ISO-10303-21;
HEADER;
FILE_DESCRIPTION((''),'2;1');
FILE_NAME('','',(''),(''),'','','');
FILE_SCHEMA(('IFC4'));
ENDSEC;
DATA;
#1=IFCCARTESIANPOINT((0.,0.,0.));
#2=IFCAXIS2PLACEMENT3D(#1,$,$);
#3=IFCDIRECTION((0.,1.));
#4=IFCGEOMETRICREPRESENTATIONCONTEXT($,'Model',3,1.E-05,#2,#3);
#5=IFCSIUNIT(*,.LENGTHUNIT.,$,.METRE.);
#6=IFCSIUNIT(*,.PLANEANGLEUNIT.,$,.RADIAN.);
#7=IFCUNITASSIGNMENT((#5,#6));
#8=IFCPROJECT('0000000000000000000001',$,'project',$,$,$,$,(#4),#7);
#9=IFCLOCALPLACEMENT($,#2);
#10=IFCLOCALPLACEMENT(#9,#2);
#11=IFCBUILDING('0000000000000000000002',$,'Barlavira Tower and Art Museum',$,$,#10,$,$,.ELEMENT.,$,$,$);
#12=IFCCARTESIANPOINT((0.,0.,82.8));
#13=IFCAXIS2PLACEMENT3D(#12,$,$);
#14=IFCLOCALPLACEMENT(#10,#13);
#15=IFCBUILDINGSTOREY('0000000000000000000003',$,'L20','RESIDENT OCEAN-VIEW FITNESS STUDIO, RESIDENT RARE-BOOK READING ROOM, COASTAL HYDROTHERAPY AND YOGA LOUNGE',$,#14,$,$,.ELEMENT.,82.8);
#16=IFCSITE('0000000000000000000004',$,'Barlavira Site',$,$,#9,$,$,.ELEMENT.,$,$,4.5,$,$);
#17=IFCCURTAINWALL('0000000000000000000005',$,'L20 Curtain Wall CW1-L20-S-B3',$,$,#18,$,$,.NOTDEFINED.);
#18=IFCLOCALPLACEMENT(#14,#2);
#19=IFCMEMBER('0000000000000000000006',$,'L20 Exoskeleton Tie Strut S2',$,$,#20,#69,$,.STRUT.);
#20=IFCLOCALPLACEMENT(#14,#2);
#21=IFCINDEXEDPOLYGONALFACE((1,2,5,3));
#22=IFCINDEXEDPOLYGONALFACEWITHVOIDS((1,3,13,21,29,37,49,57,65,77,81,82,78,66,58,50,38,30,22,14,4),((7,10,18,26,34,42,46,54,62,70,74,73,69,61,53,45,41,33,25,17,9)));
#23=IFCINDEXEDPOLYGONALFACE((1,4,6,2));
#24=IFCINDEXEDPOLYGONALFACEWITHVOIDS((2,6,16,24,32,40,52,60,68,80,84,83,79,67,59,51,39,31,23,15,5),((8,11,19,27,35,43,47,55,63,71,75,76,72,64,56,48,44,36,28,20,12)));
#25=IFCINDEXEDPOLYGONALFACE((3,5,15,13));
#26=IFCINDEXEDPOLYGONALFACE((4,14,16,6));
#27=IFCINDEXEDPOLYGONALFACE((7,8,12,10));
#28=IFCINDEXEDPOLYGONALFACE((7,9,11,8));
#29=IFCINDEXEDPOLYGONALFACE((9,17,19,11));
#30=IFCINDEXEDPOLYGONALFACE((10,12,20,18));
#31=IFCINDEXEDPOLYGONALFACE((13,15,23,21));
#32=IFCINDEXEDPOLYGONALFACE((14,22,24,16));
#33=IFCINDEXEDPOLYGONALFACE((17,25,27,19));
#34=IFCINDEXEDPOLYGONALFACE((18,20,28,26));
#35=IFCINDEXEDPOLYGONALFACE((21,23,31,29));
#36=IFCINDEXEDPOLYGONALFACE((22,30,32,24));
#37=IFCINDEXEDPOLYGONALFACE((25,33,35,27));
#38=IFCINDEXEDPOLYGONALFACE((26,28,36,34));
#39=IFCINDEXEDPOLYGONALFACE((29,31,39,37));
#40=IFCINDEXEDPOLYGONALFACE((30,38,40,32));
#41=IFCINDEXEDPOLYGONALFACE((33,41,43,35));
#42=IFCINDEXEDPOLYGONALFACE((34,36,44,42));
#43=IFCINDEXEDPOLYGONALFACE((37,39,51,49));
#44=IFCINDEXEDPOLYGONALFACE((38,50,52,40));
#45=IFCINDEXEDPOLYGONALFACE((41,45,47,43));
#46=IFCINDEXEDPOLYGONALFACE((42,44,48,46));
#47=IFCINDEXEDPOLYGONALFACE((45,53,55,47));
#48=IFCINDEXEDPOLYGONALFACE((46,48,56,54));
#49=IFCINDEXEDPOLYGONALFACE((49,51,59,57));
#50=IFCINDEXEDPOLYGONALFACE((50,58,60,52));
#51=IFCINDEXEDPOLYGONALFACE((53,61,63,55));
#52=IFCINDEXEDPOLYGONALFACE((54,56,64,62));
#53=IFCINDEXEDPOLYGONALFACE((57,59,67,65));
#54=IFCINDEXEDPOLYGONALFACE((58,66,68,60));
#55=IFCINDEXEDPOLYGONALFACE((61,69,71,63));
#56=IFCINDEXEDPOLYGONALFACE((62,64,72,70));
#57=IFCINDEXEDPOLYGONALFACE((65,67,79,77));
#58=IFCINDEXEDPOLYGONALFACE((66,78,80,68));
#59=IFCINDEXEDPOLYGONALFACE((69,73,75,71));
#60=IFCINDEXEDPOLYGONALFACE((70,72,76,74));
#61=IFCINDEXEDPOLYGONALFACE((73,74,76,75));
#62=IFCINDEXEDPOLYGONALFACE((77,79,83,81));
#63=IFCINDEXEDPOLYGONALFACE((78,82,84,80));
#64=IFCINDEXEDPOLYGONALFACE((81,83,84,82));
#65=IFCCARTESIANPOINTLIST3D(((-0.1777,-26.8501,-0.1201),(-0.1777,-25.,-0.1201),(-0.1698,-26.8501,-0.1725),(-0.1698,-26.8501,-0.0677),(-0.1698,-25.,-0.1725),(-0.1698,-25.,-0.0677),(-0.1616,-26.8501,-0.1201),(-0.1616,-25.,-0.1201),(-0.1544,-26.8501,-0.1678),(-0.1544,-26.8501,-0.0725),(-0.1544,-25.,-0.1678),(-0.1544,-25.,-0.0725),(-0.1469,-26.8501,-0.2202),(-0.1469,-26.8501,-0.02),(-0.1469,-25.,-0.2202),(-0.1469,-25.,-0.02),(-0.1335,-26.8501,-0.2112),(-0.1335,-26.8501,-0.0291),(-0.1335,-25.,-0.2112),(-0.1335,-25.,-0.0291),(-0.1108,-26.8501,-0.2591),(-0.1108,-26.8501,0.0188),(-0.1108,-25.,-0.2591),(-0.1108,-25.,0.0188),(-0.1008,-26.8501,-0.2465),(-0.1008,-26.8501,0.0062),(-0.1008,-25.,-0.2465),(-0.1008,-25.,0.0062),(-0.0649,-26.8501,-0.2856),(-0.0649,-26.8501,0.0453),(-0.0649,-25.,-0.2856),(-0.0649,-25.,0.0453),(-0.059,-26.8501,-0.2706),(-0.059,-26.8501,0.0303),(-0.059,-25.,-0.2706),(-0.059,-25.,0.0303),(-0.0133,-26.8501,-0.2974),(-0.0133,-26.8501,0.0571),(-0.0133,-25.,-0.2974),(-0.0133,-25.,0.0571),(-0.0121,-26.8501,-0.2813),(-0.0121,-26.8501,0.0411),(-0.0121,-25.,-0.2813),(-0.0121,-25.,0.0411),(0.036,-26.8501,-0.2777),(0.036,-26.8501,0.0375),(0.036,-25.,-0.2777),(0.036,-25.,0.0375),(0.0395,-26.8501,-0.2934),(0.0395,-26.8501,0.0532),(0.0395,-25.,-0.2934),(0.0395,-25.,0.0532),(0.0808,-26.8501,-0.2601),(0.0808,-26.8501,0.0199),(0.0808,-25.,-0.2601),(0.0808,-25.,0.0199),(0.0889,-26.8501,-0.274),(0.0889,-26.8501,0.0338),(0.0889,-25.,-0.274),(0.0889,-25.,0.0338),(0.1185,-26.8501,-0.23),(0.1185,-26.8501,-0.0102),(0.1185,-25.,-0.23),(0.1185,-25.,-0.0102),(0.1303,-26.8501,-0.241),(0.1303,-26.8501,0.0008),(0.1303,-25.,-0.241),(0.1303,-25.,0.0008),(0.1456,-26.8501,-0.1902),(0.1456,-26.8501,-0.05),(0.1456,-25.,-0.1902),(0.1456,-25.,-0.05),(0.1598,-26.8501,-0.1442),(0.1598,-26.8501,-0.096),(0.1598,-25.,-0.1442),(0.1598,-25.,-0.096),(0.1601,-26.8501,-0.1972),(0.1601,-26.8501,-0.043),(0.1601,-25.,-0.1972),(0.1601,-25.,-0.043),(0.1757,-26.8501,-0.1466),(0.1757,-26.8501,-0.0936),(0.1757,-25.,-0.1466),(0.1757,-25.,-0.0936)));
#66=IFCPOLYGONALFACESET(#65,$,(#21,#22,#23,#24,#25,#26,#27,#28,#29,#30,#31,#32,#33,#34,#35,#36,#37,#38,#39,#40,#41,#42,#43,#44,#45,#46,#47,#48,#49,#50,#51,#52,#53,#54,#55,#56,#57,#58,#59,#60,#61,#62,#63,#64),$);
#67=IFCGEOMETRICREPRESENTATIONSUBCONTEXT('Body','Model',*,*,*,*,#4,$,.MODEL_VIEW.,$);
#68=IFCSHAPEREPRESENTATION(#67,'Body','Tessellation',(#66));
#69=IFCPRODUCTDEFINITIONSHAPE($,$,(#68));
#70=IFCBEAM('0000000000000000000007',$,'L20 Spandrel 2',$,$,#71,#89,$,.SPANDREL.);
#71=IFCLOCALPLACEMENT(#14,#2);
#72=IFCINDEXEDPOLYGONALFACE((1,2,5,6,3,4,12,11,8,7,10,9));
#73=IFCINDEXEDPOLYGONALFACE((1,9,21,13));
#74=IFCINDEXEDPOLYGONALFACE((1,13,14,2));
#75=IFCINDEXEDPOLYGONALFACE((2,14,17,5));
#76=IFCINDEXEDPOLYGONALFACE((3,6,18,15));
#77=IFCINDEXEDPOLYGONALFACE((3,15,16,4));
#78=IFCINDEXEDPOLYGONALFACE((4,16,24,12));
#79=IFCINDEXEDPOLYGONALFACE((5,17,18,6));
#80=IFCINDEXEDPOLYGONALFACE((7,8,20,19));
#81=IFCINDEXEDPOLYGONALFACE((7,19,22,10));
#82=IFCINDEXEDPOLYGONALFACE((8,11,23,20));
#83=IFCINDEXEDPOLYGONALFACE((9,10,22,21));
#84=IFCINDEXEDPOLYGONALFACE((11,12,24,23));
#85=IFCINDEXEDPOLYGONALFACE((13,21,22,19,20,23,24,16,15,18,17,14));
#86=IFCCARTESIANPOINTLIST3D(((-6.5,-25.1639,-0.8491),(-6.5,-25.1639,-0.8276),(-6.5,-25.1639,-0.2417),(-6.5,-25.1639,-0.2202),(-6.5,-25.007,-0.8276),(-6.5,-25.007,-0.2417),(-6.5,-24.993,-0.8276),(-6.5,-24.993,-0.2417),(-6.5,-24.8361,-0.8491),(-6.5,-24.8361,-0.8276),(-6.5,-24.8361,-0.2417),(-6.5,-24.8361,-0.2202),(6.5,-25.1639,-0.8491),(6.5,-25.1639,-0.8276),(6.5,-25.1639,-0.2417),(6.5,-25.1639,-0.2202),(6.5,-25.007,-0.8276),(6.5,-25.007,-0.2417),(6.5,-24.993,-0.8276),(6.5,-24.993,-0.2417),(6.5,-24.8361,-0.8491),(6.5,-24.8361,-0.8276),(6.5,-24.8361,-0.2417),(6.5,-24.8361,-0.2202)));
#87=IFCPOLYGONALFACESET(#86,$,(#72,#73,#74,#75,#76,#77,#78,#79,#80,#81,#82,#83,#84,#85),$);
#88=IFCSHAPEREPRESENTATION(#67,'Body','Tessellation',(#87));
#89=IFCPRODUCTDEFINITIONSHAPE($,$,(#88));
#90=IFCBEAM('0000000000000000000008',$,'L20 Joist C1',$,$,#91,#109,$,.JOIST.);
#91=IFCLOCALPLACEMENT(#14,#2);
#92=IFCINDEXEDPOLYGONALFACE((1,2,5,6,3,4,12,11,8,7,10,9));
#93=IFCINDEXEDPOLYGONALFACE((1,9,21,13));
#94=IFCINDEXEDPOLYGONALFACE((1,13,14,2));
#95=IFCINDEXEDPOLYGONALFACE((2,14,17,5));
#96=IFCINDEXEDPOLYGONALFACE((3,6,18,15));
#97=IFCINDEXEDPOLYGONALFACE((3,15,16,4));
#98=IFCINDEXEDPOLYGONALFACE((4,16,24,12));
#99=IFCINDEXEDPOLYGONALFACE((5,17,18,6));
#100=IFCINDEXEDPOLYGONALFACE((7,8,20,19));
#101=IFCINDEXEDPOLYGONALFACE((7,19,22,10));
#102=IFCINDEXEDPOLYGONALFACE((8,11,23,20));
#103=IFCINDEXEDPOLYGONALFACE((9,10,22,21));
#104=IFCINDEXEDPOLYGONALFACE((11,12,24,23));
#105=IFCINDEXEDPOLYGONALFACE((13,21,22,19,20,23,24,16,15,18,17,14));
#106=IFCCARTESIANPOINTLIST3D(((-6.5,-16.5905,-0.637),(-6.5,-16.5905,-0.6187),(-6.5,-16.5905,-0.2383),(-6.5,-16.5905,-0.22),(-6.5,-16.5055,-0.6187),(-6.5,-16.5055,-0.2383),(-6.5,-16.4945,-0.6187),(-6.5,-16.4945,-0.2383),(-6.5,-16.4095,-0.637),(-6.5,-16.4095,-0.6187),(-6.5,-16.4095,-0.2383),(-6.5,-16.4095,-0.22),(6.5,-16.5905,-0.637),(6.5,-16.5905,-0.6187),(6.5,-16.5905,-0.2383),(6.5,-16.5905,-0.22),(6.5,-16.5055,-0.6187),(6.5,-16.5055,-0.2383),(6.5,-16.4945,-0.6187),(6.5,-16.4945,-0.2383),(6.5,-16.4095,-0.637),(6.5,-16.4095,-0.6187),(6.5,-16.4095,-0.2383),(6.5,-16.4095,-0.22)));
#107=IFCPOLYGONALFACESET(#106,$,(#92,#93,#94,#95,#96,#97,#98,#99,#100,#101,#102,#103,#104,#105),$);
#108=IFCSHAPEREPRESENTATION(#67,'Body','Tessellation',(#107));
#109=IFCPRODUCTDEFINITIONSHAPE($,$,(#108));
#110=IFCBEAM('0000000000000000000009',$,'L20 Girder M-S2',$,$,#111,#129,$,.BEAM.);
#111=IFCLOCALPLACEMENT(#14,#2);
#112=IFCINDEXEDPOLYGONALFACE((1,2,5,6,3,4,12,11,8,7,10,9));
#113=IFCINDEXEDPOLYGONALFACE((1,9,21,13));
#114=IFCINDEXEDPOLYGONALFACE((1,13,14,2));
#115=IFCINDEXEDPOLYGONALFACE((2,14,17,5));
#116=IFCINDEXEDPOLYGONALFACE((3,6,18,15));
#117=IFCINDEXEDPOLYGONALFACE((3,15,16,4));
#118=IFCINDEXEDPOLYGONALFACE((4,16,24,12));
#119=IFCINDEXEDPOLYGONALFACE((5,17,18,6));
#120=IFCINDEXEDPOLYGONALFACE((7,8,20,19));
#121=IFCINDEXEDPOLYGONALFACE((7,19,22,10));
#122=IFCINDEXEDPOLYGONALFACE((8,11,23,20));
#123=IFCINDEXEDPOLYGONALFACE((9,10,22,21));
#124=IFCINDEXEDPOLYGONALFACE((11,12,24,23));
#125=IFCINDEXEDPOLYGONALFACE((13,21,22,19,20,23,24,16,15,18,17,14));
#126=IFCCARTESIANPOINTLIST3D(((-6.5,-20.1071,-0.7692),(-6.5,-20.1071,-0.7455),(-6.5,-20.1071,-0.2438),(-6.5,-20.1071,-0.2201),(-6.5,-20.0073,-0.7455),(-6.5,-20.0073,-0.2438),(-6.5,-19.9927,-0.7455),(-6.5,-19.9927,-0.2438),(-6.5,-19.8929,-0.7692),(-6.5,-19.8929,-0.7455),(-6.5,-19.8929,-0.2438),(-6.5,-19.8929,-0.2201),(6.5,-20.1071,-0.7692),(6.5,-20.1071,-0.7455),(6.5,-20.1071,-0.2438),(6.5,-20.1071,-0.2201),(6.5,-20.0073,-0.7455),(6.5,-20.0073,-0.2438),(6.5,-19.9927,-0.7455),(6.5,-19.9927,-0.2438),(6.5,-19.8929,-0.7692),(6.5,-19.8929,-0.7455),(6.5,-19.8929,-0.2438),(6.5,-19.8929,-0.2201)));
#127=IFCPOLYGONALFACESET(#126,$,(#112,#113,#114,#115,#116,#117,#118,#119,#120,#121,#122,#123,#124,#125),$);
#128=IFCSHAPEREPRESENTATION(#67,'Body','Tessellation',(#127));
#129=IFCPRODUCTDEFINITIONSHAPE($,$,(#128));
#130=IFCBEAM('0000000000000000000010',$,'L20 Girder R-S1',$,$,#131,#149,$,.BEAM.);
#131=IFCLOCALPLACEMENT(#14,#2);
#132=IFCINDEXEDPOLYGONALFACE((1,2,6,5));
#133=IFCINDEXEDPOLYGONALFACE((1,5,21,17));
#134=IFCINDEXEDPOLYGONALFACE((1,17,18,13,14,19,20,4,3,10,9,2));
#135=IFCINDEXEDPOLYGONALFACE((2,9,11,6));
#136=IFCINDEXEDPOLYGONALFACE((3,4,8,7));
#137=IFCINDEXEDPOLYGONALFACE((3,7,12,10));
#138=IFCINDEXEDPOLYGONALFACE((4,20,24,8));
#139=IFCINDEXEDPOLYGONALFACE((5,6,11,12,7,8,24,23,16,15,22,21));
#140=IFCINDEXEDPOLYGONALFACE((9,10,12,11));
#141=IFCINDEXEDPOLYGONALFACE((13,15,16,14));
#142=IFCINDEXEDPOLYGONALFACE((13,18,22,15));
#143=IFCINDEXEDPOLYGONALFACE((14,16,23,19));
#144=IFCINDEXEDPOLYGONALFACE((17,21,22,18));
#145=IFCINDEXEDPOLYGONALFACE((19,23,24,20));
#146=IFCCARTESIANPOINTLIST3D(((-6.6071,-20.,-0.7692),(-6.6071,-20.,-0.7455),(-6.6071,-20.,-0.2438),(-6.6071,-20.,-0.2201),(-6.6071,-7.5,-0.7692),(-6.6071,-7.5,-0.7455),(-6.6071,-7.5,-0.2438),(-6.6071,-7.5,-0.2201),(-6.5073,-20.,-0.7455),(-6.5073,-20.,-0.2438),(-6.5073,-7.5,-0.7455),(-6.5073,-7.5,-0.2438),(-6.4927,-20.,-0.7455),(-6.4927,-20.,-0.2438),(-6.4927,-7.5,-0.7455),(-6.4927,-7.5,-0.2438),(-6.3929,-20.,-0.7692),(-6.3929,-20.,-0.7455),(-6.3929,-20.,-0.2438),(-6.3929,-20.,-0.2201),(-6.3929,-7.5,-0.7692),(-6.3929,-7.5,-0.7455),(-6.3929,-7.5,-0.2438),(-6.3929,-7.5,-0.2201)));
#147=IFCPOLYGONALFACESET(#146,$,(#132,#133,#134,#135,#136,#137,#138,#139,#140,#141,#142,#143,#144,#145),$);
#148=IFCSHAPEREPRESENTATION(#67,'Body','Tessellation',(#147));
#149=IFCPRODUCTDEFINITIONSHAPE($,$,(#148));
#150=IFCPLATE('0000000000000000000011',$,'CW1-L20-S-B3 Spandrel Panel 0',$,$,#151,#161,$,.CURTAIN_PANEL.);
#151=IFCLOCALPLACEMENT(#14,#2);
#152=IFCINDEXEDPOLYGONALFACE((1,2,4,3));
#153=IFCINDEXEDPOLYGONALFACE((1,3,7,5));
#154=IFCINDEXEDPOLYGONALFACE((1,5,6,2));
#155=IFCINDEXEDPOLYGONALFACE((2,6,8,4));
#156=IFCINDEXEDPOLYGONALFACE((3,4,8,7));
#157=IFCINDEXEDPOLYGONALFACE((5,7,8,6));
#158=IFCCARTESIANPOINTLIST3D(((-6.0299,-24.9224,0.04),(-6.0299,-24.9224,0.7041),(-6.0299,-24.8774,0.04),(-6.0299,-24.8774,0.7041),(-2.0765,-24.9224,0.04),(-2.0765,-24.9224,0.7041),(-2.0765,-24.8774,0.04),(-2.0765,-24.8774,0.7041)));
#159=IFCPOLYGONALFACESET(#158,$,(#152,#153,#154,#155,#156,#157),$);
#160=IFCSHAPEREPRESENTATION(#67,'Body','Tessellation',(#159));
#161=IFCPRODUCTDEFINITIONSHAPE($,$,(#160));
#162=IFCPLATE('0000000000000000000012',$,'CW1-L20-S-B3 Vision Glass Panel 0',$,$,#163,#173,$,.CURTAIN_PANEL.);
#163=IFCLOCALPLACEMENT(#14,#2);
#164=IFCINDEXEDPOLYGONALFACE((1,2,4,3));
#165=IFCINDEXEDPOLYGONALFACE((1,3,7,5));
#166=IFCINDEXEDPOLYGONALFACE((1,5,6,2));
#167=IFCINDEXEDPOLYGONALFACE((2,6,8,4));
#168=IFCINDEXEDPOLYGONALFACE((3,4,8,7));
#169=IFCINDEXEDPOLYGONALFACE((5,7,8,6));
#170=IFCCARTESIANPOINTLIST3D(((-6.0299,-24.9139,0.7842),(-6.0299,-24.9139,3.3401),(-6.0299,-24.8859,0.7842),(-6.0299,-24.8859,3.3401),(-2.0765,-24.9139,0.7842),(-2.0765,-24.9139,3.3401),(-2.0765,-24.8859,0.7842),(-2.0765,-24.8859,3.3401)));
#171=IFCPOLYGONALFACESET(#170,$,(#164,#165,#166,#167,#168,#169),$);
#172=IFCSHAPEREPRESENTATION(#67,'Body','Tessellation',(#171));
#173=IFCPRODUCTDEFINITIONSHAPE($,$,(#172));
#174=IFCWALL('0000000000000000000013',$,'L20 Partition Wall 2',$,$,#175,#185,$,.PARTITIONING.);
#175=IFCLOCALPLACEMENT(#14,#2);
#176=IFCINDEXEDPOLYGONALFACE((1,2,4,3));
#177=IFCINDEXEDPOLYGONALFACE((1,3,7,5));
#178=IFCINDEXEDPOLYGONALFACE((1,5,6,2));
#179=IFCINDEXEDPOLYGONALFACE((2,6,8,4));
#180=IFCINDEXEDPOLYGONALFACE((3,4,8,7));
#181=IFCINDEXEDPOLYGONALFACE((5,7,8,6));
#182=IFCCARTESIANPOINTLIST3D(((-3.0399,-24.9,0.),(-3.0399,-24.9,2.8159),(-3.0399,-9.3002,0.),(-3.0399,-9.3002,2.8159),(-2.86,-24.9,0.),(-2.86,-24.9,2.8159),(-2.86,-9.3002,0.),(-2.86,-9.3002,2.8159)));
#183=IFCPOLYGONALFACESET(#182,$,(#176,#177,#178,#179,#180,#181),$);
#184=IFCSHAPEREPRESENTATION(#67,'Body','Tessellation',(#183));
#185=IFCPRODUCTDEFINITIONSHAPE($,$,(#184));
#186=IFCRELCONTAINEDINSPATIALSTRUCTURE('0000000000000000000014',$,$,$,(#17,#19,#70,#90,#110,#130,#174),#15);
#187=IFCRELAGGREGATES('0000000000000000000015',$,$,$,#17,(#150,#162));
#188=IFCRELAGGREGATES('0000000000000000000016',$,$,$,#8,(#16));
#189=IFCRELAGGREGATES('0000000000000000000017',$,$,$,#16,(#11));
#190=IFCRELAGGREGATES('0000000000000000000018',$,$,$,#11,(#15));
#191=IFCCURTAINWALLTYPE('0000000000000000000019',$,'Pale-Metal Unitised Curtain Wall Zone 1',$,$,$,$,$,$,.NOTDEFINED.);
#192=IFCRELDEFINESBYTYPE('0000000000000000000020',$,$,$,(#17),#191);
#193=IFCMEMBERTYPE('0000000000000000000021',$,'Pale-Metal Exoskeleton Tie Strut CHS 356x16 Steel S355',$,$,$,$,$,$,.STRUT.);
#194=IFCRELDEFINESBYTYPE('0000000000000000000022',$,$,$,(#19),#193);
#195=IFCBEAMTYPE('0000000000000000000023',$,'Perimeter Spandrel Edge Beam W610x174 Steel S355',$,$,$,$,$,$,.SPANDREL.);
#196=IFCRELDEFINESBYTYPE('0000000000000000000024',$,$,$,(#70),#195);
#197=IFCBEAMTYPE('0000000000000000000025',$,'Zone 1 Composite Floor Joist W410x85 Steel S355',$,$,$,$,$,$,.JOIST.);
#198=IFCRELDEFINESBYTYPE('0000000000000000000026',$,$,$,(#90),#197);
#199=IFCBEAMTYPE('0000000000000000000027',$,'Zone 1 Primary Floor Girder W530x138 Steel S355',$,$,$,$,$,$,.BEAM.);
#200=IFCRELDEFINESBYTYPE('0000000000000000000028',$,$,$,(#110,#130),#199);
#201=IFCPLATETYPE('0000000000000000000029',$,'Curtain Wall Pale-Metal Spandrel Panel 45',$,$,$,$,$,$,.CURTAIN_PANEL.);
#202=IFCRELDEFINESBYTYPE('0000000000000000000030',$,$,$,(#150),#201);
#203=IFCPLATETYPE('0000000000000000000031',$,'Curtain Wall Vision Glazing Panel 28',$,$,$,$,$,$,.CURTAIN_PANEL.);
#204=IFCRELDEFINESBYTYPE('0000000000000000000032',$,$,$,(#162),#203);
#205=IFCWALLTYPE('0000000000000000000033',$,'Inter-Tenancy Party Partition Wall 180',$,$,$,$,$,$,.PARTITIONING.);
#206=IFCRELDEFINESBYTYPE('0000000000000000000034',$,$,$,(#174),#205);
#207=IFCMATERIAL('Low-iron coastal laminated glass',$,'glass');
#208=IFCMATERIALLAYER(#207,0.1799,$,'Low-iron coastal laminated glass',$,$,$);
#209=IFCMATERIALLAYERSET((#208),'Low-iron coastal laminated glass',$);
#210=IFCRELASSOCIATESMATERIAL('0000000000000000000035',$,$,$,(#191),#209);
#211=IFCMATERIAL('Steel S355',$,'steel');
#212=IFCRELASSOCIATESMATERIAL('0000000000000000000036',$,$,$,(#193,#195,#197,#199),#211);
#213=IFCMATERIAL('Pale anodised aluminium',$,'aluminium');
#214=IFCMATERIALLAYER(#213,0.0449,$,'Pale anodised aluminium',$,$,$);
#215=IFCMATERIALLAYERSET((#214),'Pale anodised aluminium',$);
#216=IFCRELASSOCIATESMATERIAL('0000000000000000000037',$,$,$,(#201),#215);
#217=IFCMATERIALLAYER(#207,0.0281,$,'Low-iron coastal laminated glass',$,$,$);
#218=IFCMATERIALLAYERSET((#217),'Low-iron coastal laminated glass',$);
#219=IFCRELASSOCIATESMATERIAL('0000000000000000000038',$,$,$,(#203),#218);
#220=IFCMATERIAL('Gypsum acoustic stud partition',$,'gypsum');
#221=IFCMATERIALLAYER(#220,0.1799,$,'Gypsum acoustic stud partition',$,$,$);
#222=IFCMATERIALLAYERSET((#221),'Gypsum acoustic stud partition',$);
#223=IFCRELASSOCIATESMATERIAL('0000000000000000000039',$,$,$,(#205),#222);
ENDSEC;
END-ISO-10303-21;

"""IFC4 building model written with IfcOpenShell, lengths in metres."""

from ifc_helpers import new_model, si_unit, direction, frame, frame_2d, origin, origin_2d, place, context, subcontext, project, spatial, rectangle, hollow_circle, i_section, extrude, material, layer, layer_set, material_profile, profile_set, type_object, element, aggregate, save


model = new_model("IFC4")

# Units and contexts
model_context = context("Model", 3, precision=1e-05, world=origin(), true_north=direction((0.0, 1.0)))
body_context = subcontext(model_context, "Body", "Model", "MODEL_VIEW")
ifc_project = project(units=[si_unit("LENGTHUNIT", "METRE"), si_unit("PLANEANGLEUNIT", "RADIAN")], contexts=[model_context])

# Site, building, storey
site_placement = place(None, origin())
site = spatial("IfcSite", under=ifc_project, at=site_placement, Name="Barlavira Site", CompositionType="ELEMENT", RefElevation=4.5)
building_placement = place(site_placement, origin())
building = spatial("IfcBuilding", under=site, at=building_placement, Name="Barlavira Tower and Art Museum", CompositionType="ELEMENT")
storey_placement = place(building_placement, frame((0.0, 0.0, 82.8)))
storey = spatial("IfcBuildingStorey", under=building, at=storey_placement, Name="L20", Description="RESIDENT OCEAN-VIEW FITNESS STUDIO, RESIDENT RARE-BOOK READING ROOM, COASTAL HYDROTHERAPY AND YOGA LOUNGE", CompositionType="ELEMENT", Elevation=82.8)

# Curtain wall
ifc_material_1 = material(Name="Low-iron coastal laminated glass", Category="glass")
ifc_layer_1 = layer(ifc_material_1, 0.1799, Name="Low-iron coastal laminated glass")
ifc_layer_set_1 = layer_set([ifc_layer_1], Name="Low-iron coastal laminated glass")
curtain_wall_type = type_object("IfcCurtainWallType", Name="Pale-Metal Unitised Curtain Wall Zone 1", PredefinedType="NOTDEFINED", material=ifc_layer_set_1)
curtain_wall_placement = place(storey_placement, origin())
curtain_wall = element("IfcCurtainWall", 1, at=curtain_wall_placement, inside=storey, type_object=curtain_wall_type, Name="L20 Curtain Wall CW1-L20-S-B3", PredefinedType="NOTDEFINED")
ifc_material_2 = material(Name="Pale anodised aluminium", Category="aluminium")

# Member
ifc_material_3 = material(Name="Steel S355", Category="steel")
ifc_material_profile_1 = material_profile(ifc_material_3, hollow_circle(Radius=0.1777, WallThickness=0.0161, at=origin_2d()), Name="CHS 355.6x16.0")
ifc_profile_set_1 = profile_set([ifc_material_profile_1], Name="Steel S355")
member_type_1 = type_object("IfcMemberType", Name="Pale-Metal Exoskeleton Tie Strut CHS 356x16 Steel S355", PredefinedType="STRUT", material=ifc_profile_set_1)
member_1_placement = place(storey_placement, frame((0.0, -26.8501, -0.1201), z_axis=(0.0, 1.0, 0.0), x_axis=(-1.0, 0.0, 0.0)))
element("IfcMember", 2, at=member_1_placement, inside=storey, type_object=member_type_1, Name="L20 Exoskeleton Tie Strut S2", PredefinedType="STRUT", context=body_context, shape_type="SweptSolid", body=[
    extrude(hollow_circle(Radius=0.1777, WallThickness=0.0161, at=origin_2d()), origin(), (0.0, 0.0, 1.0), 1.8501),
])

# Beams
ifc_material_profile_2 = material_profile(ifc_material_3, i_section(OverallWidth=0.3279, OverallDepth=0.6289, WebThickness=0.0139, FlangeThickness=0.0215, at=origin_2d()), Name="W610x174.0")
ifc_profile_set_2 = profile_set([ifc_material_profile_2], Name="Steel S355")
beam_type_1 = type_object("IfcBeamType", Name="Perimeter Spandrel Edge Beam W610x174 Steel S355", PredefinedType="SPANDREL", material=ifc_profile_set_2)
beam_1_placement = place(storey_placement, frame((-6.5, -25.0, -0.5347), z_axis=(1.0, 0.0, 0.0), x_axis=(0.0, 1.0, 0.0)))
element("IfcBeam", 3, at=beam_1_placement, inside=storey, type_object=beam_type_1, Name="L20 Spandrel 2", PredefinedType="SPANDREL", context=body_context, shape_type="SweptSolid", body=[
    extrude(i_section(OverallWidth=0.3279, OverallDepth=0.6289, WebThickness=0.0139, FlangeThickness=0.0215, at=origin_2d()), origin(), (0.0, 0.0, 1.0), 13.0),
])
ifc_material_profile_3 = material_profile(ifc_material_3, i_section(OverallWidth=0.1809, OverallDepth=0.417, WebThickness=0.011, FlangeThickness=0.0183, at=origin_2d()), Name="W410x85.0")
ifc_profile_set_3 = profile_set([ifc_material_profile_3], Name="Steel S355")
beam_type_2 = type_object("IfcBeamType", Name="Zone 1 Composite Floor Joist W410x85 Steel S355", PredefinedType="JOIST", material=ifc_profile_set_3)
beam_2_placement = place(storey_placement, frame((-6.5, -16.5, -0.4285), z_axis=(1.0, 0.0, 0.0), x_axis=(0.0, 1.0, 0.0)))
element("IfcBeam", 4, at=beam_2_placement, inside=storey, type_object=beam_type_2, Name="L20 Joist C1", PredefinedType="JOIST", context=body_context, shape_type="SweptSolid", body=[
    extrude(i_section(OverallWidth=0.1809, OverallDepth=0.417, WebThickness=0.011, FlangeThickness=0.0183, at=origin_2d()), origin(), (0.0, 0.0, 1.0), 13.0),
])
ifc_material_profile_4 = material_profile(ifc_material_3, i_section(OverallWidth=0.2141, OverallDepth=0.5491, WebThickness=0.0146, FlangeThickness=0.0237, at=origin_2d()), Name="W530x138.0")
ifc_profile_set_4 = profile_set([ifc_material_profile_4], Name="Steel S355")
beam_type_3 = type_object("IfcBeamType", Name="Zone 1 Primary Floor Girder W530x138 Steel S355", PredefinedType="BEAM", material=ifc_profile_set_4)
beam_3_placement = place(storey_placement, frame((-6.5, -20.0, -0.4946), z_axis=(1.0, 0.0, 0.0), x_axis=(0.0, 1.0, 0.0)))
element("IfcBeam", 5, at=beam_3_placement, inside=storey, type_object=beam_type_3, Name="L20 Girder M-S2", PredefinedType="BEAM", context=body_context, shape_type="SweptSolid", body=[
    extrude(i_section(OverallWidth=0.2141, OverallDepth=0.5491, WebThickness=0.0146, FlangeThickness=0.0237, at=origin_2d()), origin(), (0.0, 0.0, 1.0), 13.0),
])
beam_4_placement = place(storey_placement, frame((-6.5, -20.0, -0.4946), z_axis=(0.0, 1.0, 0.0), x_axis=(-1.0, 0.0, 0.0)))
element("IfcBeam", 6, at=beam_4_placement, inside=storey, type_object=beam_type_3, Name="L20 Girder R-S1", PredefinedType="BEAM", context=body_context, shape_type="SweptSolid", body=[
    extrude(i_section(OverallWidth=0.2141, OverallDepth=0.5491, WebThickness=0.0146, FlangeThickness=0.0237, at=origin_2d()), origin(), (0.0, 0.0, 1.0), 12.5),
])

# Plates
ifc_layer_2 = layer(ifc_material_2, 0.0449, Name="Pale anodised aluminium")
ifc_layer_set_2 = layer_set([ifc_layer_2], Name="Pale anodised aluminium")
plate_type_1 = type_object("IfcPlateType", Name="Curtain Wall Pale-Metal Spandrel Panel 45", PredefinedType="CURTAIN_PANEL", material=ifc_layer_set_2)
plate_1_placement = place(storey_placement, frame((-4.0532, -24.8999, 0.04), z_axis=(0.0, 0.0, 1.0), x_axis=(1.0, 0.0, 0.0)))
plate_1 = element("IfcPlate", 7, at=plate_1_placement, type_object=plate_type_1, Name="CW1-L20-S-B3 Spandrel Panel 0", PredefinedType="CURTAIN_PANEL", context=body_context, shape_type="SweptSolid", body=[
    extrude(rectangle(XDim=3.9534, YDim=0.0449, at=origin_2d()), origin(), (0.0, 0.0, 1.0), 0.6641),
])
ifc_layer_3 = layer(ifc_material_1, 0.0281, Name="Low-iron coastal laminated glass")
ifc_layer_set_3 = layer_set([ifc_layer_3], Name="Low-iron coastal laminated glass")
plate_type_2 = type_object("IfcPlateType", Name="Curtain Wall Vision Glazing Panel 28", PredefinedType="CURTAIN_PANEL", material=ifc_layer_set_3)
plate_2_placement = place(storey_placement, frame((-4.0532, -24.8999, 0.7842), z_axis=(0.0, 0.0, 1.0), x_axis=(1.0, 0.0, 0.0)))
plate_2 = element("IfcPlate", 8, at=plate_2_placement, type_object=plate_type_2, Name="CW1-L20-S-B3 Vision Glass Panel 0", PredefinedType="CURTAIN_PANEL", context=body_context, shape_type="SweptSolid", body=[
    extrude(rectangle(XDim=3.9534, YDim=0.0281, at=origin_2d()), origin(), (0.0, 0.0, 1.0), 2.5559),
])
aggregate(curtain_wall, [plate_1, plate_2])

# Wall
ifc_material_4 = material(Name="Gypsum acoustic stud partition", Category="gypsum")
ifc_layer_4 = layer(ifc_material_4, 0.1799, Name="Gypsum acoustic stud partition")
ifc_layer_set_4 = layer_set([ifc_layer_4], Name="Gypsum acoustic stud partition")
wall_type = type_object("IfcWallType", Name="Inter-Tenancy Party Partition Wall 180", PredefinedType="PARTITIONING", material=ifc_layer_set_4)
wall_placement = place(storey_placement, frame((-2.95, -24.8999, 0.0), z_axis=(0.0, 0.0, 1.0), x_axis=(0.0, 1.0, 0.0)))
element("IfcWall", 9, at=wall_placement, inside=storey, type_object=wall_type, Name="L20 Partition Wall 2", PredefinedType="PARTITIONING", context=body_context, shape_type="SweptSolid", body=[
    extrude(rectangle(XDim=15.5999, YDim=0.1799, at=frame_2d((7.7998, 0.0))), origin(), (0.0, 0.0, 1.0), 2.8159),
])

save(model, "model.ifc")
